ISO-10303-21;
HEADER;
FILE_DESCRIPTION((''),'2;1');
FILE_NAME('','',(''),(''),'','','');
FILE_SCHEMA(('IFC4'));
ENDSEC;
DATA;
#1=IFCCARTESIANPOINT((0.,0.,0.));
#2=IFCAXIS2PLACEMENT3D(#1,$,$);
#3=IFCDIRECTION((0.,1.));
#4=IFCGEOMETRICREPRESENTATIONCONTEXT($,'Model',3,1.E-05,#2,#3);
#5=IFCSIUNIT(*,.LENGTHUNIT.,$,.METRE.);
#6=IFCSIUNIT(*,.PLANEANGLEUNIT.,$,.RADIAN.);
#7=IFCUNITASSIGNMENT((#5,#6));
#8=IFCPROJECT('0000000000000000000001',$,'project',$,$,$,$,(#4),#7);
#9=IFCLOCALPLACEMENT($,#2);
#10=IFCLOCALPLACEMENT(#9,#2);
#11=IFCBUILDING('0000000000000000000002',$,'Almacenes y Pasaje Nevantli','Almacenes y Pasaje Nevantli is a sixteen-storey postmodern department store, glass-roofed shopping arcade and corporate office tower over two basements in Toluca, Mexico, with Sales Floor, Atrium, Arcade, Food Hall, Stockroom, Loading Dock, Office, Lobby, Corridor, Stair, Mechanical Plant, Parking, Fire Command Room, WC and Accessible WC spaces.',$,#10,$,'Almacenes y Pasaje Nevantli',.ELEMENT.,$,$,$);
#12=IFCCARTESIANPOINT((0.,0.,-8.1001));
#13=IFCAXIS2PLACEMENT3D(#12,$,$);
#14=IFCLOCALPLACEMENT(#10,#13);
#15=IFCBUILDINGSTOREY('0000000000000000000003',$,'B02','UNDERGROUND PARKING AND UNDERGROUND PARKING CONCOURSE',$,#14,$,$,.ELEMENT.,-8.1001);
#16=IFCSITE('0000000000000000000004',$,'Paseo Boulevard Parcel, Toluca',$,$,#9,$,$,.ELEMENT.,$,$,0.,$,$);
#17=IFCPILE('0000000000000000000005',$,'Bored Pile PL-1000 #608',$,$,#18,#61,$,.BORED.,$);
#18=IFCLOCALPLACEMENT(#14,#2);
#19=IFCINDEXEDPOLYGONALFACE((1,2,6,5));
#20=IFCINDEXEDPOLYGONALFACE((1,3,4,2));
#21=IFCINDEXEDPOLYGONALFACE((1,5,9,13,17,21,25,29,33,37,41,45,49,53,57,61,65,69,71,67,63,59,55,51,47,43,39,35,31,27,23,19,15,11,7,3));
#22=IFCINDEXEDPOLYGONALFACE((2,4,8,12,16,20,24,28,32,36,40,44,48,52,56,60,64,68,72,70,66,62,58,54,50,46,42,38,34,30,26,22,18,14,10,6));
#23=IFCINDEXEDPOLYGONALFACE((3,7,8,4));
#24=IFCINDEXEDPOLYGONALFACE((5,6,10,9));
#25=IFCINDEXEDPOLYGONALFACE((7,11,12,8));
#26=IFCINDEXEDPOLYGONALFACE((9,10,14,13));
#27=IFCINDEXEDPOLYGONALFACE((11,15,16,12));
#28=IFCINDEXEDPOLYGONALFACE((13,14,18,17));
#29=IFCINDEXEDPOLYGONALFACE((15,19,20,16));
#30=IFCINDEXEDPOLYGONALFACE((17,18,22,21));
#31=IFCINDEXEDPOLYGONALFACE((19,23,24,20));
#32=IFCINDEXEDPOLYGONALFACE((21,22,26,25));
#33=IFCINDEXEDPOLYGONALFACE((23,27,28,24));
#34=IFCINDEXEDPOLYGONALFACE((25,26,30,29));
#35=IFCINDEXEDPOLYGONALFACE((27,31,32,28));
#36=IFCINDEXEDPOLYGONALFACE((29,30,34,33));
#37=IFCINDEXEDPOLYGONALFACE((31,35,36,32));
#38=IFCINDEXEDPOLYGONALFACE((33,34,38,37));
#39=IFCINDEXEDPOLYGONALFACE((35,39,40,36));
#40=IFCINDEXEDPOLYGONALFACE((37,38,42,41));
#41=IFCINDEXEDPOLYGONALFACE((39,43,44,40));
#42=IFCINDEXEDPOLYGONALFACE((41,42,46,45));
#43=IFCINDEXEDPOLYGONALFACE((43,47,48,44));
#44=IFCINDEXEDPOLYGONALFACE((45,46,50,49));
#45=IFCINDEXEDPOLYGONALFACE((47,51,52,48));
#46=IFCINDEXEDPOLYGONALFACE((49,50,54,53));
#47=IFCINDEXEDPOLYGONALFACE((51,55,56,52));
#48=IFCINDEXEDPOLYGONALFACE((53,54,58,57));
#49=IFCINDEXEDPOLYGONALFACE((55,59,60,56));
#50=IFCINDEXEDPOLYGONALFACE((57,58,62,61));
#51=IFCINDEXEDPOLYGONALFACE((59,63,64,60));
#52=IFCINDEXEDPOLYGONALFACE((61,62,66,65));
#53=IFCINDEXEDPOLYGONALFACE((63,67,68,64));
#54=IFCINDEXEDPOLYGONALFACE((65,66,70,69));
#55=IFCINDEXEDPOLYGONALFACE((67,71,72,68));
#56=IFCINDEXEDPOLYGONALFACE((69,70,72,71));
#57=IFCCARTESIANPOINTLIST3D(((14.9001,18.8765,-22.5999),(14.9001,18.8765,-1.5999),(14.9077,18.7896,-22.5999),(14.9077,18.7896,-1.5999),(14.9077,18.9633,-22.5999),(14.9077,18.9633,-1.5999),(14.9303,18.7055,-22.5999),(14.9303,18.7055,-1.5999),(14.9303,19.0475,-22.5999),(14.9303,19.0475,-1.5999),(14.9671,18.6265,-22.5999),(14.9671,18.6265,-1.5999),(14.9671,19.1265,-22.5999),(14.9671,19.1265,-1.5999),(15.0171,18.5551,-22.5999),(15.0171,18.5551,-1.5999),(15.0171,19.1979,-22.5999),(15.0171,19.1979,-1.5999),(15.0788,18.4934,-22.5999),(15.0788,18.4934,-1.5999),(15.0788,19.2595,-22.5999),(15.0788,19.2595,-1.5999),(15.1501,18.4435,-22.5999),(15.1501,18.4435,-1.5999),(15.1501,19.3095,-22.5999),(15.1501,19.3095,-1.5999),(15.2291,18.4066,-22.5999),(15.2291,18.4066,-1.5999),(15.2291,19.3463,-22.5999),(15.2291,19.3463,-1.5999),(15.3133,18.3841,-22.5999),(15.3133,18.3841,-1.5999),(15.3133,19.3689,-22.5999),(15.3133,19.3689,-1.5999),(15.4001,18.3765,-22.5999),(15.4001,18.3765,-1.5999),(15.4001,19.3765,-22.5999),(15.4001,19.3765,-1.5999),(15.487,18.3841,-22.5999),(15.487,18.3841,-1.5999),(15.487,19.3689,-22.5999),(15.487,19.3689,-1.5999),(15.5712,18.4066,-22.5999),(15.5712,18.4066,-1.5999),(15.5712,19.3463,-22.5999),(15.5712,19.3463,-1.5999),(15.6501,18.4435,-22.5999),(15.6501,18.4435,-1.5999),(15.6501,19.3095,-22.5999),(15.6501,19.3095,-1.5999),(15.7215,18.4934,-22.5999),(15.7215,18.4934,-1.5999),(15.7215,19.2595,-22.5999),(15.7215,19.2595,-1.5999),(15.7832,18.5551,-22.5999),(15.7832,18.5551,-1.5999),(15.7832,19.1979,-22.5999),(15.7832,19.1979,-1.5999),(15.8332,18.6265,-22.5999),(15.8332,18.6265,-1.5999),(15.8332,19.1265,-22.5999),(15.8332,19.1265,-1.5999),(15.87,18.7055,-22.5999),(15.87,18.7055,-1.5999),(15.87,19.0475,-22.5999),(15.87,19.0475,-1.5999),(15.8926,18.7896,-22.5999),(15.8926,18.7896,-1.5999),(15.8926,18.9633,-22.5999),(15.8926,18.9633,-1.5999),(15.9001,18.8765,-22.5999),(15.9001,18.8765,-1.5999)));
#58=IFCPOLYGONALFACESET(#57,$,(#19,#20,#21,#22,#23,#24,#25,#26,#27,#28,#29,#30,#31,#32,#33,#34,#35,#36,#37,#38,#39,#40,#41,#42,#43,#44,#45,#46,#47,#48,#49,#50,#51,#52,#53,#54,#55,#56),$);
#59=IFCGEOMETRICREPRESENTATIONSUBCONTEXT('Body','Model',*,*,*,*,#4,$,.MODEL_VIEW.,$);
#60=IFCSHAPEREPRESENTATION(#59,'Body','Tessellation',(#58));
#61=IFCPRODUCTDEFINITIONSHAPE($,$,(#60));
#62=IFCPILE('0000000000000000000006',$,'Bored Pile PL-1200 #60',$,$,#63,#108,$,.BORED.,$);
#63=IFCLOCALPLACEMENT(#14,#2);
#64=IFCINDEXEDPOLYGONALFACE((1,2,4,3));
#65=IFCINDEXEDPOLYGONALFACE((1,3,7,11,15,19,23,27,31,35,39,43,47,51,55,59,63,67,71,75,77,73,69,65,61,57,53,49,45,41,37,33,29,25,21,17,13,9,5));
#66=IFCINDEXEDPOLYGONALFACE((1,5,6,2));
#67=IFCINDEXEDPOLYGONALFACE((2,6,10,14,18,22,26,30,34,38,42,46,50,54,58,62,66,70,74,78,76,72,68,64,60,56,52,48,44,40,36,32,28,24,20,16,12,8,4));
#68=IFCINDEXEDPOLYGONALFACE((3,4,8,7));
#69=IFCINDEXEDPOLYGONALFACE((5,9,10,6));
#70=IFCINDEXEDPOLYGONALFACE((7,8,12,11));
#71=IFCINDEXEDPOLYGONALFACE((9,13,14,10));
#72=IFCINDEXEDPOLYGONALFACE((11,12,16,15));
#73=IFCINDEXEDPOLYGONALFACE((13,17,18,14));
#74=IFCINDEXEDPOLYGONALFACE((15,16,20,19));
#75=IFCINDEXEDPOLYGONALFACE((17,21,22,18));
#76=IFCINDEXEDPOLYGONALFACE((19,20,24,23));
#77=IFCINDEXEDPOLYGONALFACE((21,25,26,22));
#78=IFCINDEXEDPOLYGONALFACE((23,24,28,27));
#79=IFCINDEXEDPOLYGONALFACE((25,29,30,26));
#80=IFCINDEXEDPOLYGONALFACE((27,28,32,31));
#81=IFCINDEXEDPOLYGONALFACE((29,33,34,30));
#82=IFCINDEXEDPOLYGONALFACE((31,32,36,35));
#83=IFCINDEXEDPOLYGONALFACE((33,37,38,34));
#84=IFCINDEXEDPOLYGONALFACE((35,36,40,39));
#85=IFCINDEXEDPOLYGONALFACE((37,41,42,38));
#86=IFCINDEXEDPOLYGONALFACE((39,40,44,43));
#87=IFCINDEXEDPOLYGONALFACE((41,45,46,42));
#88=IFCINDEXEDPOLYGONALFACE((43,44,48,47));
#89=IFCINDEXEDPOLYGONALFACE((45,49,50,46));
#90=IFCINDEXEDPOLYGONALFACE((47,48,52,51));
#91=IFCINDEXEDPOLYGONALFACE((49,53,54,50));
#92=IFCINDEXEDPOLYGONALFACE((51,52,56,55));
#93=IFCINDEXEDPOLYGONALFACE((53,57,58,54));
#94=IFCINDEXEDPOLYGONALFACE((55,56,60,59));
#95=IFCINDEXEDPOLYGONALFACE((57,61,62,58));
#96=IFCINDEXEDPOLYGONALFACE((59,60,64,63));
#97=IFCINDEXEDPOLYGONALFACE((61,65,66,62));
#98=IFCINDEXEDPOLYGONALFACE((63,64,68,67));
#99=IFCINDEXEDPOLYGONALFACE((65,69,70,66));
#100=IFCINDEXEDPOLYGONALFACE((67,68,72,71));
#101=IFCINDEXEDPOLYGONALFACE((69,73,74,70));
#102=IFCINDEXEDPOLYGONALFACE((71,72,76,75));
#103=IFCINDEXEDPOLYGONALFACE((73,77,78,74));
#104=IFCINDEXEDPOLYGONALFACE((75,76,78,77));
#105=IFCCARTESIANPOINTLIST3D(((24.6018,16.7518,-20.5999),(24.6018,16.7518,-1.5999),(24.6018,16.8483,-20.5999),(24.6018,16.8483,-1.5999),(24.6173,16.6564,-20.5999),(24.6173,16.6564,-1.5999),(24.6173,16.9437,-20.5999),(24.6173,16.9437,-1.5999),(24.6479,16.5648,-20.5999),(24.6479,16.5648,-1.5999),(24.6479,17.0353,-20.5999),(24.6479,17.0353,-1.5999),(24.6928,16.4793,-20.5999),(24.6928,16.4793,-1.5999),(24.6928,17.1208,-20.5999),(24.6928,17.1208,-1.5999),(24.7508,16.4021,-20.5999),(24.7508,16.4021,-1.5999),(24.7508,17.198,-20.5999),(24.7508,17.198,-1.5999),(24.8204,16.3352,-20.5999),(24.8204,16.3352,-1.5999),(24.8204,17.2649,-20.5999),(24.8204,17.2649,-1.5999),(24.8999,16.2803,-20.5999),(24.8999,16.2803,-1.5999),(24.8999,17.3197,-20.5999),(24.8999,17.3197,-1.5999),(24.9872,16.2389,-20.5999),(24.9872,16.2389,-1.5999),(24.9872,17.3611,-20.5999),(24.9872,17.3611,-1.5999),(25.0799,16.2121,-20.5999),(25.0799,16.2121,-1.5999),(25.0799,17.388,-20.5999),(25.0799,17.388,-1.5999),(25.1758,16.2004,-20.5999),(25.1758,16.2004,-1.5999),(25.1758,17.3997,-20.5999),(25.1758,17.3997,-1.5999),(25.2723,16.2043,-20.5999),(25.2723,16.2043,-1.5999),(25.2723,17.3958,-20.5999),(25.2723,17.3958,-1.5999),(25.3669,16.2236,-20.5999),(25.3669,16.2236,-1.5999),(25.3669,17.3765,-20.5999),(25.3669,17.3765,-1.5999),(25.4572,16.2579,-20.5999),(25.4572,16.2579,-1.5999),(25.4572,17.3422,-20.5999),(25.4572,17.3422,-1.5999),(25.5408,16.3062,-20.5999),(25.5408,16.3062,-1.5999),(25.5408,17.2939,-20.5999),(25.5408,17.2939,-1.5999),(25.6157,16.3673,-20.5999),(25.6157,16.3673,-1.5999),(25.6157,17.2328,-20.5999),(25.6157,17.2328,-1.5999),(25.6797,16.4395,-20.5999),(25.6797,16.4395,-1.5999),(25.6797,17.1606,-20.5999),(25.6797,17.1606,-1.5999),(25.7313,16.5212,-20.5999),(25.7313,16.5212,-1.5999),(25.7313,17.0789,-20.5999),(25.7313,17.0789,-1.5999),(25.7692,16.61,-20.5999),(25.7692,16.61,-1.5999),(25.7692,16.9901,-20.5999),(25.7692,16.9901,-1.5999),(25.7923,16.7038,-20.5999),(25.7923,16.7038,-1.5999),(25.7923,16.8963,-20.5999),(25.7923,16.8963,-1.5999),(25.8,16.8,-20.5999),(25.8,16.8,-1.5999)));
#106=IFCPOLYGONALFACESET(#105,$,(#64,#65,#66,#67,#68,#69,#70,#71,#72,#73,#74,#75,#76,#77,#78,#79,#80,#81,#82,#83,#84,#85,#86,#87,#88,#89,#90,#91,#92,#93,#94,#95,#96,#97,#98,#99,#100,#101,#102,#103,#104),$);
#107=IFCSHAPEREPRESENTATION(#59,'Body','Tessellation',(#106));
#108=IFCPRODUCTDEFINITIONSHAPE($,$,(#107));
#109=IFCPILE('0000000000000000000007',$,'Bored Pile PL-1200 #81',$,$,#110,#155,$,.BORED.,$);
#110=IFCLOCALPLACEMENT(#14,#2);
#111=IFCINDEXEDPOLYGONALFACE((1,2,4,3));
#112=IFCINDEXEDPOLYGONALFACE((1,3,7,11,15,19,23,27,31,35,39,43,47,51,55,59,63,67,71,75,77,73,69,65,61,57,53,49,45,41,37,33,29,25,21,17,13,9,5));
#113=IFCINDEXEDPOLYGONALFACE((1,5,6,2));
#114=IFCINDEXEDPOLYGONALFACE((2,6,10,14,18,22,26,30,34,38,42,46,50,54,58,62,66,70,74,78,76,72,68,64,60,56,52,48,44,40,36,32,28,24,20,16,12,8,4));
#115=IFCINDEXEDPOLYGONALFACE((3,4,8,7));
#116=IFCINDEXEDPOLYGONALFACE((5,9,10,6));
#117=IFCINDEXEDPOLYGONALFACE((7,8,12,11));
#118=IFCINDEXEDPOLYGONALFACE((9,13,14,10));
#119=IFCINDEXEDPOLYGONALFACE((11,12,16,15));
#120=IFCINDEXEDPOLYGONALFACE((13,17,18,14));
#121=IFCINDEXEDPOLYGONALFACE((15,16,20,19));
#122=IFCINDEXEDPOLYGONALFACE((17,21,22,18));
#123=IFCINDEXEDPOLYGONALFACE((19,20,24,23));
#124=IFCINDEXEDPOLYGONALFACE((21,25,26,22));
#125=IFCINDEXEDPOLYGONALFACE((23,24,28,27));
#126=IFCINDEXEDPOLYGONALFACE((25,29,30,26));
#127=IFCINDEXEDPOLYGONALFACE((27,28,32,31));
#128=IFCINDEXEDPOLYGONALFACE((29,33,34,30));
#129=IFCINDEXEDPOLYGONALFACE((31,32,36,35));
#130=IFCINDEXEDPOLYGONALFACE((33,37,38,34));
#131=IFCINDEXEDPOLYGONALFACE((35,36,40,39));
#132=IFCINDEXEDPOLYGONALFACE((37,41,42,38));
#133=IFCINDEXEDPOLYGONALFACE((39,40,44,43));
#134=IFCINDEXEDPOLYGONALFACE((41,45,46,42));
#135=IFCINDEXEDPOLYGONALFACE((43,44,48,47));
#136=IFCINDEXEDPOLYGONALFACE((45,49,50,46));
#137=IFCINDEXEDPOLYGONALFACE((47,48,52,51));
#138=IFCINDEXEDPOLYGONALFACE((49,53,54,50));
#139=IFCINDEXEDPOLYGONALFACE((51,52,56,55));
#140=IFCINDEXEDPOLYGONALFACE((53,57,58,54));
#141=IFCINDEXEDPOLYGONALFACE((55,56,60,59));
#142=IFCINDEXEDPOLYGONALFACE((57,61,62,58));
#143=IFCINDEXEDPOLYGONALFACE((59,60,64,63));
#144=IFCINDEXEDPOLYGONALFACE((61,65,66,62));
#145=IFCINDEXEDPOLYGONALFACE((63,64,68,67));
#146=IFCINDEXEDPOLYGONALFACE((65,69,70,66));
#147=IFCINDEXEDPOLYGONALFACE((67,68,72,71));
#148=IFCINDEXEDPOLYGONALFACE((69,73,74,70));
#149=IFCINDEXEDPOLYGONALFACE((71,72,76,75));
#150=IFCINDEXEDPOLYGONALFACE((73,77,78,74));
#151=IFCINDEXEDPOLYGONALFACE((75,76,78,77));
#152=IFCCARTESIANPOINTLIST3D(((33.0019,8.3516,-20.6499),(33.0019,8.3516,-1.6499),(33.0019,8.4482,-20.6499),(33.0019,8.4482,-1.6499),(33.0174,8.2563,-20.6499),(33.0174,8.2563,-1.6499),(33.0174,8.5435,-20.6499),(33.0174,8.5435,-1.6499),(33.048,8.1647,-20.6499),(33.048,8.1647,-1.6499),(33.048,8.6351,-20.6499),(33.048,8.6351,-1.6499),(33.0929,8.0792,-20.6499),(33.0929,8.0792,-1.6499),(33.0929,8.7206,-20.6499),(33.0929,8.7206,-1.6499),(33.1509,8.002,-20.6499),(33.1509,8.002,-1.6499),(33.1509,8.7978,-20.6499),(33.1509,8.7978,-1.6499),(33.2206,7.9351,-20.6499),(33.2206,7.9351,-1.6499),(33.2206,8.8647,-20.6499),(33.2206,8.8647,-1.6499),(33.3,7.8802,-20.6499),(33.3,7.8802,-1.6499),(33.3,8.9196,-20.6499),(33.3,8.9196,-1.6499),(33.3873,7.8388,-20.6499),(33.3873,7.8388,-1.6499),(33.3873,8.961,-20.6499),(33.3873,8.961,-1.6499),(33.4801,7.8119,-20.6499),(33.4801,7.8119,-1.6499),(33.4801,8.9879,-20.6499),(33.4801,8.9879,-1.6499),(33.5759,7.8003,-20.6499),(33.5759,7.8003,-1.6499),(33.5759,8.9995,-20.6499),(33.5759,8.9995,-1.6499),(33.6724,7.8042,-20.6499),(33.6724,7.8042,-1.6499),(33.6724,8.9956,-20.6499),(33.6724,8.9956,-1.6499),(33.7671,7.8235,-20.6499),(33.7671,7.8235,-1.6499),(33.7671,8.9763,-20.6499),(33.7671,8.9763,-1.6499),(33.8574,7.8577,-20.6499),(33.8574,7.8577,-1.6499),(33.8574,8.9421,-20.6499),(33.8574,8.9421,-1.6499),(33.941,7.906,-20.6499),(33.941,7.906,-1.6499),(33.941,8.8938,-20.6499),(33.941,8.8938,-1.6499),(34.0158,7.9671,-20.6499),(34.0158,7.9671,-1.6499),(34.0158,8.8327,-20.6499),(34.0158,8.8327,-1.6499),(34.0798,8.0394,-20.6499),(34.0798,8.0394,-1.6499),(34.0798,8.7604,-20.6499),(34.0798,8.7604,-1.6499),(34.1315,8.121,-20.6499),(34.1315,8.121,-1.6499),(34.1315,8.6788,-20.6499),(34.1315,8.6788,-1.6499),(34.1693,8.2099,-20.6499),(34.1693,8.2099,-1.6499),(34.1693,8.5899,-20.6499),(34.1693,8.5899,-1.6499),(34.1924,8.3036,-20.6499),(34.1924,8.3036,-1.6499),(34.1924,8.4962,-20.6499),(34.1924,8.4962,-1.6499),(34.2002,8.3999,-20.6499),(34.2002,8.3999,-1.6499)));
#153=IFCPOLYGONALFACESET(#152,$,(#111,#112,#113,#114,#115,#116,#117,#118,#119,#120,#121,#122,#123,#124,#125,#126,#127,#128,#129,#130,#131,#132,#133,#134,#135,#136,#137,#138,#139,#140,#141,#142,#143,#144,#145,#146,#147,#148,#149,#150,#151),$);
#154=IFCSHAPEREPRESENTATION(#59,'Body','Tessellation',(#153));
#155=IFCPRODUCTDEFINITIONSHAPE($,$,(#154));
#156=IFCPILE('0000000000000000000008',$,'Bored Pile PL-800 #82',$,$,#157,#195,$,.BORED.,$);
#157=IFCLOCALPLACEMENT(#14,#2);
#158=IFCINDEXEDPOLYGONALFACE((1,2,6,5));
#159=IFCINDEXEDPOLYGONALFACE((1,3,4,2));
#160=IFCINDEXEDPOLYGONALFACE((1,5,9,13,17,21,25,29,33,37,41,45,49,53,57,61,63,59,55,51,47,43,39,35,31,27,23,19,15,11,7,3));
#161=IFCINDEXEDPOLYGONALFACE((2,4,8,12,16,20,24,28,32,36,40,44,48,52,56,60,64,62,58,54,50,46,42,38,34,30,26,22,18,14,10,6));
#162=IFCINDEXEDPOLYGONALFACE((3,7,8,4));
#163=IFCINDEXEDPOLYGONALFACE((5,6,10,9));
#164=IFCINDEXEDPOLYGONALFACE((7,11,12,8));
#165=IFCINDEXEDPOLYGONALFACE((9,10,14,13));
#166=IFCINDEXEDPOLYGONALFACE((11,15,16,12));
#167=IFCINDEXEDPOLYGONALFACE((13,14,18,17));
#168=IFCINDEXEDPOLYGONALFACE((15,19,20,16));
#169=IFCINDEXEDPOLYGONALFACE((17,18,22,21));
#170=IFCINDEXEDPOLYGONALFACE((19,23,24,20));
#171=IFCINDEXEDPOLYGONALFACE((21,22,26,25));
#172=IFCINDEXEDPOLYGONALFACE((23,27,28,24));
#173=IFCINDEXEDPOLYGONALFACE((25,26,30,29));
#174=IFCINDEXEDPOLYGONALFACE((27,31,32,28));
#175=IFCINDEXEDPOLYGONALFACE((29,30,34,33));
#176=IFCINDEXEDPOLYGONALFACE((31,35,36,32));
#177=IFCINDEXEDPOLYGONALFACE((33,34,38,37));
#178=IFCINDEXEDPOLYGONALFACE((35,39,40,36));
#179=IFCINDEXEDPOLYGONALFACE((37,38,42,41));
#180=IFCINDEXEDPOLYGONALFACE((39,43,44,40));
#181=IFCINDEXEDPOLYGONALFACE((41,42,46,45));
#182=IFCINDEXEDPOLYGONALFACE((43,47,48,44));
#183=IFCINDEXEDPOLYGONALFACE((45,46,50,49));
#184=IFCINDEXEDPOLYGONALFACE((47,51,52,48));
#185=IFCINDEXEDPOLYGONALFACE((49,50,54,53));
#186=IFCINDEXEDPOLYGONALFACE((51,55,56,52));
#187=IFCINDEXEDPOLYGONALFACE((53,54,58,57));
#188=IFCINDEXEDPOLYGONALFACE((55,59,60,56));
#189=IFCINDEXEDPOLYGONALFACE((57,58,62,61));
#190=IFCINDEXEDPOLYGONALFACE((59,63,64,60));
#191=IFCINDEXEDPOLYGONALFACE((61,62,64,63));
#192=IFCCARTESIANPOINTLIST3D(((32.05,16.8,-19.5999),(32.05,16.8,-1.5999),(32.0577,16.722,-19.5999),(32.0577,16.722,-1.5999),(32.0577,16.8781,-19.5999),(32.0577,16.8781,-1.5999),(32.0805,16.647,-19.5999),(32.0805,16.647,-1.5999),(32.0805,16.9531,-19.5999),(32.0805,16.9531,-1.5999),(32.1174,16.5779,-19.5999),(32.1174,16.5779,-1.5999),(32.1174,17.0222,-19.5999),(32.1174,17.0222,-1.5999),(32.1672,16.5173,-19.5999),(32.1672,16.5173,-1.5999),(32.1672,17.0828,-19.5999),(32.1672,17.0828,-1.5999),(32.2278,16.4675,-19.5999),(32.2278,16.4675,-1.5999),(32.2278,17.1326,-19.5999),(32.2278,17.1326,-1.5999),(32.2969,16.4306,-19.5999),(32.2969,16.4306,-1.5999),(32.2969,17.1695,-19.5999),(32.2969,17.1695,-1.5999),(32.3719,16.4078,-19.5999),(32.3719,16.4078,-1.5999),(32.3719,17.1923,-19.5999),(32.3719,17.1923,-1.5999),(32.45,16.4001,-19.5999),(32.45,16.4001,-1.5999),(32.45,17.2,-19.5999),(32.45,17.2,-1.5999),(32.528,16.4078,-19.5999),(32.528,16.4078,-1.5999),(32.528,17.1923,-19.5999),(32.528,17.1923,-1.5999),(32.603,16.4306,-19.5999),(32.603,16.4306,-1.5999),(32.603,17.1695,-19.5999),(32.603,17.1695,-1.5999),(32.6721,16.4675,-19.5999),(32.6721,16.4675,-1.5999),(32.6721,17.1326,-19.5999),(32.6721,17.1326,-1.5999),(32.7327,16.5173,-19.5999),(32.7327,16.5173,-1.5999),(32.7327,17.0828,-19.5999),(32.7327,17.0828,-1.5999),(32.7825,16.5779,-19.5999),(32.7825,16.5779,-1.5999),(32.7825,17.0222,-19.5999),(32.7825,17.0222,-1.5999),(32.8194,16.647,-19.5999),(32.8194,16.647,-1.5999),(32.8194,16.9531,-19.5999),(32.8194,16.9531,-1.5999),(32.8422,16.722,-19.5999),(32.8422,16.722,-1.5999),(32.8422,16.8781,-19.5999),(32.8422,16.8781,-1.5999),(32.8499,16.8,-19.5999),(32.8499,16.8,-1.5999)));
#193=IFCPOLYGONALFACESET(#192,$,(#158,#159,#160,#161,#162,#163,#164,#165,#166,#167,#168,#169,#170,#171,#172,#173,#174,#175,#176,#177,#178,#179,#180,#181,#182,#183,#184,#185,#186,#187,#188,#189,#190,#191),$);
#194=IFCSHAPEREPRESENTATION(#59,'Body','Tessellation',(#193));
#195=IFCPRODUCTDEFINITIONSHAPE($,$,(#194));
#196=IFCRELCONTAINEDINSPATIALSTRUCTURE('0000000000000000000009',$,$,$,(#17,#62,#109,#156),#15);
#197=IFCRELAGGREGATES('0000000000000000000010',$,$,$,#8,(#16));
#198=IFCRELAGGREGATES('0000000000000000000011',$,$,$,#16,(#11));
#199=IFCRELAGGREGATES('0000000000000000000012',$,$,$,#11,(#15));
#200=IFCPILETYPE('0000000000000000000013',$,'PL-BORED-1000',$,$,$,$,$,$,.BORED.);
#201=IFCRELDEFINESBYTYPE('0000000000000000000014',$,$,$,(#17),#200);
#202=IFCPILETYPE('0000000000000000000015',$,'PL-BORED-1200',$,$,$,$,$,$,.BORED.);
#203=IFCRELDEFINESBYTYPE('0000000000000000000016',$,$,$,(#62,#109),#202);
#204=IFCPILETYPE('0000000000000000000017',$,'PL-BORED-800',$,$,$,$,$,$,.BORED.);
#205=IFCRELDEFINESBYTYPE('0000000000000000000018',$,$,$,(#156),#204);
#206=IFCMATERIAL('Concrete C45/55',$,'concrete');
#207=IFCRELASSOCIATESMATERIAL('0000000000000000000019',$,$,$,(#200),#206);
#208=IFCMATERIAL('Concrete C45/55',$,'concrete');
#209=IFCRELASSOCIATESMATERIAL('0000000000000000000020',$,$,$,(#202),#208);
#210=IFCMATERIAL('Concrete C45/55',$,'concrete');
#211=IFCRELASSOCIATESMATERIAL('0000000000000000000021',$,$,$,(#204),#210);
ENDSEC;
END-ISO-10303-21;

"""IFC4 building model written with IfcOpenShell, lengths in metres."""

from ifc_helpers import new_model, si_unit, direction, frame, origin, origin_2d, place, context, subcontext, project, spatial, circle, extrude, material, material_profile, profile_set, type_object, element, save


model = new_model("IFC4")

# Units and contexts
model_context = context("Model", 3, precision=1e-05, world=origin(), true_north=direction((0.0, 1.0)))
body_context = subcontext(model_context, "Body", "Model", "MODEL_VIEW")
ifc_project = project(units=[si_unit("LENGTHUNIT", "METRE"), si_unit("PLANEANGLEUNIT", "RADIAN")], contexts=[model_context])

# Site, building, storey
site_placement = place(None, origin())
site = spatial("IfcSite", under=ifc_project, at=site_placement, Name="Paseo Boulevard Parcel, Toluca", CompositionType="ELEMENT", RefElevation=0.0)
building_placement = place(site_placement, origin())
building = spatial("IfcBuilding", under=site, at=building_placement, Name="Almacenes y Pasaje Nevantli", Description="Almacenes y Pasaje Nevantli is a sixteen-storey postmodern department store, glass-roofed shopping arcade and corporate office tower over two basements in Toluca, Mexico, with Sales Floor, Atrium, Arcade, Food Hall, Stockroom, Loading Dock, Office, Lobby, Corridor, Stair, Mechanical Plant, Parking, Fire Command Room, WC and Accessible WC spaces.", LongName="Almacenes y Pasaje Nevantli", CompositionType="ELEMENT")
storey_placement = place(building_placement, frame((0.0, 0.0, -8.1001)))
storey = spatial("IfcBuildingStorey", under=building, at=storey_placement, Name="B02", Description="UNDERGROUND PARKING AND UNDERGROUND PARKING CONCOURSE", CompositionType="ELEMENT", Elevation=-8.1001)

# Piles
ifc_material_1 = material(Name="Concrete C45/55", Category="concrete")
ifc_material_profile_1 = material_profile(ifc_material_1, circle(Radius=0.5, at=origin_2d()), Name="RC-PILE-D1000")
ifc_profile_set_1 = profile_set([ifc_material_profile_1], Name="Concrete C45/55")
pile_type_1 = type_object("IfcPileType", Name="PL-BORED-1000", PredefinedType="BORED", material=ifc_profile_set_1)
for number, where, z_axis, x_axis, name in (
    (1, (15.4001, 18.8765, -1.5999), (0.0, 0.0, -1.0), (1.0, 0.0, 0.0), "Bored Pile PL-1000 #608"),
):
    element("IfcPile", number, at=place(storey_placement, frame(where, z_axis=z_axis, x_axis=x_axis)), inside=storey, type_object=pile_type_1, Name=name, PredefinedType="BORED", context=body_context, shape_type="SweptSolid", body=[
        extrude(circle(Radius=0.5, at=origin_2d()), origin(), (0.0, 0.0, 1.0), 21.0),
    ])
ifc_material_2 = material(Name="Concrete C45/55", Category="concrete")
ifc_material_profile_2 = material_profile(ifc_material_2, circle(Radius=0.6001, at=origin_2d()), Name="RC-PILE-D1200")
ifc_profile_set_2 = profile_set([ifc_material_profile_2], Name="Concrete C45/55")
pile_type_2 = type_object("IfcPileType", Name="PL-BORED-1200", PredefinedType="BORED", material=ifc_profile_set_2)
for number, where, z_axis, x_axis, name in (
    (2, (25.2, 16.8, -1.5999), (0.0, 0.0, -1.0), (1.0, 0.0, 0.0), "Bored Pile PL-1200 #60"),
    (3, (33.6001, 8.3999, -1.6499), (0.0, 0.0, -1.0), (1.0, 0.0, 0.0), "Bored Pile PL-1200 #81"),
):
    element("IfcPile", number, at=place(storey_placement, frame(where, z_axis=z_axis, x_axis=x_axis)), inside=storey, type_object=pile_type_2, Name=name, PredefinedType="BORED", context=body_context, shape_type="SweptSolid", body=[
        extrude(circle(Radius=0.6001, at=origin_2d()), origin(), (0.0, 0.0, 1.0), 19.0),
    ])
ifc_material_3 = material(Name="Concrete C45/55", Category="concrete")
ifc_material_profile_3 = material_profile(ifc_material_3, circle(Radius=0.3999, at=origin_2d()), Name="RC-PILE-D800")
ifc_profile_set_3 = profile_set([ifc_material_profile_3], Name="Concrete C45/55")
pile_type_3 = type_object("IfcPileType", Name="PL-BORED-800", PredefinedType="BORED", material=ifc_profile_set_3)
pile_placement = place(storey_placement, frame((32.45, 16.8, -1.5999), z_axis=(0.0, 0.0, -1.0), x_axis=(1.0, 0.0, 0.0)))
element("IfcPile", 4, at=pile_placement, inside=storey, type_object=pile_type_3, Name="Bored Pile PL-800 #82", PredefinedType="BORED", context=body_context, shape_type="SweptSolid", body=[
    extrude(circle(Radius=0.3999, at=origin_2d()), origin(), (0.0, 0.0, 1.0), 18.0),
])

save(model, "model.ifc")
